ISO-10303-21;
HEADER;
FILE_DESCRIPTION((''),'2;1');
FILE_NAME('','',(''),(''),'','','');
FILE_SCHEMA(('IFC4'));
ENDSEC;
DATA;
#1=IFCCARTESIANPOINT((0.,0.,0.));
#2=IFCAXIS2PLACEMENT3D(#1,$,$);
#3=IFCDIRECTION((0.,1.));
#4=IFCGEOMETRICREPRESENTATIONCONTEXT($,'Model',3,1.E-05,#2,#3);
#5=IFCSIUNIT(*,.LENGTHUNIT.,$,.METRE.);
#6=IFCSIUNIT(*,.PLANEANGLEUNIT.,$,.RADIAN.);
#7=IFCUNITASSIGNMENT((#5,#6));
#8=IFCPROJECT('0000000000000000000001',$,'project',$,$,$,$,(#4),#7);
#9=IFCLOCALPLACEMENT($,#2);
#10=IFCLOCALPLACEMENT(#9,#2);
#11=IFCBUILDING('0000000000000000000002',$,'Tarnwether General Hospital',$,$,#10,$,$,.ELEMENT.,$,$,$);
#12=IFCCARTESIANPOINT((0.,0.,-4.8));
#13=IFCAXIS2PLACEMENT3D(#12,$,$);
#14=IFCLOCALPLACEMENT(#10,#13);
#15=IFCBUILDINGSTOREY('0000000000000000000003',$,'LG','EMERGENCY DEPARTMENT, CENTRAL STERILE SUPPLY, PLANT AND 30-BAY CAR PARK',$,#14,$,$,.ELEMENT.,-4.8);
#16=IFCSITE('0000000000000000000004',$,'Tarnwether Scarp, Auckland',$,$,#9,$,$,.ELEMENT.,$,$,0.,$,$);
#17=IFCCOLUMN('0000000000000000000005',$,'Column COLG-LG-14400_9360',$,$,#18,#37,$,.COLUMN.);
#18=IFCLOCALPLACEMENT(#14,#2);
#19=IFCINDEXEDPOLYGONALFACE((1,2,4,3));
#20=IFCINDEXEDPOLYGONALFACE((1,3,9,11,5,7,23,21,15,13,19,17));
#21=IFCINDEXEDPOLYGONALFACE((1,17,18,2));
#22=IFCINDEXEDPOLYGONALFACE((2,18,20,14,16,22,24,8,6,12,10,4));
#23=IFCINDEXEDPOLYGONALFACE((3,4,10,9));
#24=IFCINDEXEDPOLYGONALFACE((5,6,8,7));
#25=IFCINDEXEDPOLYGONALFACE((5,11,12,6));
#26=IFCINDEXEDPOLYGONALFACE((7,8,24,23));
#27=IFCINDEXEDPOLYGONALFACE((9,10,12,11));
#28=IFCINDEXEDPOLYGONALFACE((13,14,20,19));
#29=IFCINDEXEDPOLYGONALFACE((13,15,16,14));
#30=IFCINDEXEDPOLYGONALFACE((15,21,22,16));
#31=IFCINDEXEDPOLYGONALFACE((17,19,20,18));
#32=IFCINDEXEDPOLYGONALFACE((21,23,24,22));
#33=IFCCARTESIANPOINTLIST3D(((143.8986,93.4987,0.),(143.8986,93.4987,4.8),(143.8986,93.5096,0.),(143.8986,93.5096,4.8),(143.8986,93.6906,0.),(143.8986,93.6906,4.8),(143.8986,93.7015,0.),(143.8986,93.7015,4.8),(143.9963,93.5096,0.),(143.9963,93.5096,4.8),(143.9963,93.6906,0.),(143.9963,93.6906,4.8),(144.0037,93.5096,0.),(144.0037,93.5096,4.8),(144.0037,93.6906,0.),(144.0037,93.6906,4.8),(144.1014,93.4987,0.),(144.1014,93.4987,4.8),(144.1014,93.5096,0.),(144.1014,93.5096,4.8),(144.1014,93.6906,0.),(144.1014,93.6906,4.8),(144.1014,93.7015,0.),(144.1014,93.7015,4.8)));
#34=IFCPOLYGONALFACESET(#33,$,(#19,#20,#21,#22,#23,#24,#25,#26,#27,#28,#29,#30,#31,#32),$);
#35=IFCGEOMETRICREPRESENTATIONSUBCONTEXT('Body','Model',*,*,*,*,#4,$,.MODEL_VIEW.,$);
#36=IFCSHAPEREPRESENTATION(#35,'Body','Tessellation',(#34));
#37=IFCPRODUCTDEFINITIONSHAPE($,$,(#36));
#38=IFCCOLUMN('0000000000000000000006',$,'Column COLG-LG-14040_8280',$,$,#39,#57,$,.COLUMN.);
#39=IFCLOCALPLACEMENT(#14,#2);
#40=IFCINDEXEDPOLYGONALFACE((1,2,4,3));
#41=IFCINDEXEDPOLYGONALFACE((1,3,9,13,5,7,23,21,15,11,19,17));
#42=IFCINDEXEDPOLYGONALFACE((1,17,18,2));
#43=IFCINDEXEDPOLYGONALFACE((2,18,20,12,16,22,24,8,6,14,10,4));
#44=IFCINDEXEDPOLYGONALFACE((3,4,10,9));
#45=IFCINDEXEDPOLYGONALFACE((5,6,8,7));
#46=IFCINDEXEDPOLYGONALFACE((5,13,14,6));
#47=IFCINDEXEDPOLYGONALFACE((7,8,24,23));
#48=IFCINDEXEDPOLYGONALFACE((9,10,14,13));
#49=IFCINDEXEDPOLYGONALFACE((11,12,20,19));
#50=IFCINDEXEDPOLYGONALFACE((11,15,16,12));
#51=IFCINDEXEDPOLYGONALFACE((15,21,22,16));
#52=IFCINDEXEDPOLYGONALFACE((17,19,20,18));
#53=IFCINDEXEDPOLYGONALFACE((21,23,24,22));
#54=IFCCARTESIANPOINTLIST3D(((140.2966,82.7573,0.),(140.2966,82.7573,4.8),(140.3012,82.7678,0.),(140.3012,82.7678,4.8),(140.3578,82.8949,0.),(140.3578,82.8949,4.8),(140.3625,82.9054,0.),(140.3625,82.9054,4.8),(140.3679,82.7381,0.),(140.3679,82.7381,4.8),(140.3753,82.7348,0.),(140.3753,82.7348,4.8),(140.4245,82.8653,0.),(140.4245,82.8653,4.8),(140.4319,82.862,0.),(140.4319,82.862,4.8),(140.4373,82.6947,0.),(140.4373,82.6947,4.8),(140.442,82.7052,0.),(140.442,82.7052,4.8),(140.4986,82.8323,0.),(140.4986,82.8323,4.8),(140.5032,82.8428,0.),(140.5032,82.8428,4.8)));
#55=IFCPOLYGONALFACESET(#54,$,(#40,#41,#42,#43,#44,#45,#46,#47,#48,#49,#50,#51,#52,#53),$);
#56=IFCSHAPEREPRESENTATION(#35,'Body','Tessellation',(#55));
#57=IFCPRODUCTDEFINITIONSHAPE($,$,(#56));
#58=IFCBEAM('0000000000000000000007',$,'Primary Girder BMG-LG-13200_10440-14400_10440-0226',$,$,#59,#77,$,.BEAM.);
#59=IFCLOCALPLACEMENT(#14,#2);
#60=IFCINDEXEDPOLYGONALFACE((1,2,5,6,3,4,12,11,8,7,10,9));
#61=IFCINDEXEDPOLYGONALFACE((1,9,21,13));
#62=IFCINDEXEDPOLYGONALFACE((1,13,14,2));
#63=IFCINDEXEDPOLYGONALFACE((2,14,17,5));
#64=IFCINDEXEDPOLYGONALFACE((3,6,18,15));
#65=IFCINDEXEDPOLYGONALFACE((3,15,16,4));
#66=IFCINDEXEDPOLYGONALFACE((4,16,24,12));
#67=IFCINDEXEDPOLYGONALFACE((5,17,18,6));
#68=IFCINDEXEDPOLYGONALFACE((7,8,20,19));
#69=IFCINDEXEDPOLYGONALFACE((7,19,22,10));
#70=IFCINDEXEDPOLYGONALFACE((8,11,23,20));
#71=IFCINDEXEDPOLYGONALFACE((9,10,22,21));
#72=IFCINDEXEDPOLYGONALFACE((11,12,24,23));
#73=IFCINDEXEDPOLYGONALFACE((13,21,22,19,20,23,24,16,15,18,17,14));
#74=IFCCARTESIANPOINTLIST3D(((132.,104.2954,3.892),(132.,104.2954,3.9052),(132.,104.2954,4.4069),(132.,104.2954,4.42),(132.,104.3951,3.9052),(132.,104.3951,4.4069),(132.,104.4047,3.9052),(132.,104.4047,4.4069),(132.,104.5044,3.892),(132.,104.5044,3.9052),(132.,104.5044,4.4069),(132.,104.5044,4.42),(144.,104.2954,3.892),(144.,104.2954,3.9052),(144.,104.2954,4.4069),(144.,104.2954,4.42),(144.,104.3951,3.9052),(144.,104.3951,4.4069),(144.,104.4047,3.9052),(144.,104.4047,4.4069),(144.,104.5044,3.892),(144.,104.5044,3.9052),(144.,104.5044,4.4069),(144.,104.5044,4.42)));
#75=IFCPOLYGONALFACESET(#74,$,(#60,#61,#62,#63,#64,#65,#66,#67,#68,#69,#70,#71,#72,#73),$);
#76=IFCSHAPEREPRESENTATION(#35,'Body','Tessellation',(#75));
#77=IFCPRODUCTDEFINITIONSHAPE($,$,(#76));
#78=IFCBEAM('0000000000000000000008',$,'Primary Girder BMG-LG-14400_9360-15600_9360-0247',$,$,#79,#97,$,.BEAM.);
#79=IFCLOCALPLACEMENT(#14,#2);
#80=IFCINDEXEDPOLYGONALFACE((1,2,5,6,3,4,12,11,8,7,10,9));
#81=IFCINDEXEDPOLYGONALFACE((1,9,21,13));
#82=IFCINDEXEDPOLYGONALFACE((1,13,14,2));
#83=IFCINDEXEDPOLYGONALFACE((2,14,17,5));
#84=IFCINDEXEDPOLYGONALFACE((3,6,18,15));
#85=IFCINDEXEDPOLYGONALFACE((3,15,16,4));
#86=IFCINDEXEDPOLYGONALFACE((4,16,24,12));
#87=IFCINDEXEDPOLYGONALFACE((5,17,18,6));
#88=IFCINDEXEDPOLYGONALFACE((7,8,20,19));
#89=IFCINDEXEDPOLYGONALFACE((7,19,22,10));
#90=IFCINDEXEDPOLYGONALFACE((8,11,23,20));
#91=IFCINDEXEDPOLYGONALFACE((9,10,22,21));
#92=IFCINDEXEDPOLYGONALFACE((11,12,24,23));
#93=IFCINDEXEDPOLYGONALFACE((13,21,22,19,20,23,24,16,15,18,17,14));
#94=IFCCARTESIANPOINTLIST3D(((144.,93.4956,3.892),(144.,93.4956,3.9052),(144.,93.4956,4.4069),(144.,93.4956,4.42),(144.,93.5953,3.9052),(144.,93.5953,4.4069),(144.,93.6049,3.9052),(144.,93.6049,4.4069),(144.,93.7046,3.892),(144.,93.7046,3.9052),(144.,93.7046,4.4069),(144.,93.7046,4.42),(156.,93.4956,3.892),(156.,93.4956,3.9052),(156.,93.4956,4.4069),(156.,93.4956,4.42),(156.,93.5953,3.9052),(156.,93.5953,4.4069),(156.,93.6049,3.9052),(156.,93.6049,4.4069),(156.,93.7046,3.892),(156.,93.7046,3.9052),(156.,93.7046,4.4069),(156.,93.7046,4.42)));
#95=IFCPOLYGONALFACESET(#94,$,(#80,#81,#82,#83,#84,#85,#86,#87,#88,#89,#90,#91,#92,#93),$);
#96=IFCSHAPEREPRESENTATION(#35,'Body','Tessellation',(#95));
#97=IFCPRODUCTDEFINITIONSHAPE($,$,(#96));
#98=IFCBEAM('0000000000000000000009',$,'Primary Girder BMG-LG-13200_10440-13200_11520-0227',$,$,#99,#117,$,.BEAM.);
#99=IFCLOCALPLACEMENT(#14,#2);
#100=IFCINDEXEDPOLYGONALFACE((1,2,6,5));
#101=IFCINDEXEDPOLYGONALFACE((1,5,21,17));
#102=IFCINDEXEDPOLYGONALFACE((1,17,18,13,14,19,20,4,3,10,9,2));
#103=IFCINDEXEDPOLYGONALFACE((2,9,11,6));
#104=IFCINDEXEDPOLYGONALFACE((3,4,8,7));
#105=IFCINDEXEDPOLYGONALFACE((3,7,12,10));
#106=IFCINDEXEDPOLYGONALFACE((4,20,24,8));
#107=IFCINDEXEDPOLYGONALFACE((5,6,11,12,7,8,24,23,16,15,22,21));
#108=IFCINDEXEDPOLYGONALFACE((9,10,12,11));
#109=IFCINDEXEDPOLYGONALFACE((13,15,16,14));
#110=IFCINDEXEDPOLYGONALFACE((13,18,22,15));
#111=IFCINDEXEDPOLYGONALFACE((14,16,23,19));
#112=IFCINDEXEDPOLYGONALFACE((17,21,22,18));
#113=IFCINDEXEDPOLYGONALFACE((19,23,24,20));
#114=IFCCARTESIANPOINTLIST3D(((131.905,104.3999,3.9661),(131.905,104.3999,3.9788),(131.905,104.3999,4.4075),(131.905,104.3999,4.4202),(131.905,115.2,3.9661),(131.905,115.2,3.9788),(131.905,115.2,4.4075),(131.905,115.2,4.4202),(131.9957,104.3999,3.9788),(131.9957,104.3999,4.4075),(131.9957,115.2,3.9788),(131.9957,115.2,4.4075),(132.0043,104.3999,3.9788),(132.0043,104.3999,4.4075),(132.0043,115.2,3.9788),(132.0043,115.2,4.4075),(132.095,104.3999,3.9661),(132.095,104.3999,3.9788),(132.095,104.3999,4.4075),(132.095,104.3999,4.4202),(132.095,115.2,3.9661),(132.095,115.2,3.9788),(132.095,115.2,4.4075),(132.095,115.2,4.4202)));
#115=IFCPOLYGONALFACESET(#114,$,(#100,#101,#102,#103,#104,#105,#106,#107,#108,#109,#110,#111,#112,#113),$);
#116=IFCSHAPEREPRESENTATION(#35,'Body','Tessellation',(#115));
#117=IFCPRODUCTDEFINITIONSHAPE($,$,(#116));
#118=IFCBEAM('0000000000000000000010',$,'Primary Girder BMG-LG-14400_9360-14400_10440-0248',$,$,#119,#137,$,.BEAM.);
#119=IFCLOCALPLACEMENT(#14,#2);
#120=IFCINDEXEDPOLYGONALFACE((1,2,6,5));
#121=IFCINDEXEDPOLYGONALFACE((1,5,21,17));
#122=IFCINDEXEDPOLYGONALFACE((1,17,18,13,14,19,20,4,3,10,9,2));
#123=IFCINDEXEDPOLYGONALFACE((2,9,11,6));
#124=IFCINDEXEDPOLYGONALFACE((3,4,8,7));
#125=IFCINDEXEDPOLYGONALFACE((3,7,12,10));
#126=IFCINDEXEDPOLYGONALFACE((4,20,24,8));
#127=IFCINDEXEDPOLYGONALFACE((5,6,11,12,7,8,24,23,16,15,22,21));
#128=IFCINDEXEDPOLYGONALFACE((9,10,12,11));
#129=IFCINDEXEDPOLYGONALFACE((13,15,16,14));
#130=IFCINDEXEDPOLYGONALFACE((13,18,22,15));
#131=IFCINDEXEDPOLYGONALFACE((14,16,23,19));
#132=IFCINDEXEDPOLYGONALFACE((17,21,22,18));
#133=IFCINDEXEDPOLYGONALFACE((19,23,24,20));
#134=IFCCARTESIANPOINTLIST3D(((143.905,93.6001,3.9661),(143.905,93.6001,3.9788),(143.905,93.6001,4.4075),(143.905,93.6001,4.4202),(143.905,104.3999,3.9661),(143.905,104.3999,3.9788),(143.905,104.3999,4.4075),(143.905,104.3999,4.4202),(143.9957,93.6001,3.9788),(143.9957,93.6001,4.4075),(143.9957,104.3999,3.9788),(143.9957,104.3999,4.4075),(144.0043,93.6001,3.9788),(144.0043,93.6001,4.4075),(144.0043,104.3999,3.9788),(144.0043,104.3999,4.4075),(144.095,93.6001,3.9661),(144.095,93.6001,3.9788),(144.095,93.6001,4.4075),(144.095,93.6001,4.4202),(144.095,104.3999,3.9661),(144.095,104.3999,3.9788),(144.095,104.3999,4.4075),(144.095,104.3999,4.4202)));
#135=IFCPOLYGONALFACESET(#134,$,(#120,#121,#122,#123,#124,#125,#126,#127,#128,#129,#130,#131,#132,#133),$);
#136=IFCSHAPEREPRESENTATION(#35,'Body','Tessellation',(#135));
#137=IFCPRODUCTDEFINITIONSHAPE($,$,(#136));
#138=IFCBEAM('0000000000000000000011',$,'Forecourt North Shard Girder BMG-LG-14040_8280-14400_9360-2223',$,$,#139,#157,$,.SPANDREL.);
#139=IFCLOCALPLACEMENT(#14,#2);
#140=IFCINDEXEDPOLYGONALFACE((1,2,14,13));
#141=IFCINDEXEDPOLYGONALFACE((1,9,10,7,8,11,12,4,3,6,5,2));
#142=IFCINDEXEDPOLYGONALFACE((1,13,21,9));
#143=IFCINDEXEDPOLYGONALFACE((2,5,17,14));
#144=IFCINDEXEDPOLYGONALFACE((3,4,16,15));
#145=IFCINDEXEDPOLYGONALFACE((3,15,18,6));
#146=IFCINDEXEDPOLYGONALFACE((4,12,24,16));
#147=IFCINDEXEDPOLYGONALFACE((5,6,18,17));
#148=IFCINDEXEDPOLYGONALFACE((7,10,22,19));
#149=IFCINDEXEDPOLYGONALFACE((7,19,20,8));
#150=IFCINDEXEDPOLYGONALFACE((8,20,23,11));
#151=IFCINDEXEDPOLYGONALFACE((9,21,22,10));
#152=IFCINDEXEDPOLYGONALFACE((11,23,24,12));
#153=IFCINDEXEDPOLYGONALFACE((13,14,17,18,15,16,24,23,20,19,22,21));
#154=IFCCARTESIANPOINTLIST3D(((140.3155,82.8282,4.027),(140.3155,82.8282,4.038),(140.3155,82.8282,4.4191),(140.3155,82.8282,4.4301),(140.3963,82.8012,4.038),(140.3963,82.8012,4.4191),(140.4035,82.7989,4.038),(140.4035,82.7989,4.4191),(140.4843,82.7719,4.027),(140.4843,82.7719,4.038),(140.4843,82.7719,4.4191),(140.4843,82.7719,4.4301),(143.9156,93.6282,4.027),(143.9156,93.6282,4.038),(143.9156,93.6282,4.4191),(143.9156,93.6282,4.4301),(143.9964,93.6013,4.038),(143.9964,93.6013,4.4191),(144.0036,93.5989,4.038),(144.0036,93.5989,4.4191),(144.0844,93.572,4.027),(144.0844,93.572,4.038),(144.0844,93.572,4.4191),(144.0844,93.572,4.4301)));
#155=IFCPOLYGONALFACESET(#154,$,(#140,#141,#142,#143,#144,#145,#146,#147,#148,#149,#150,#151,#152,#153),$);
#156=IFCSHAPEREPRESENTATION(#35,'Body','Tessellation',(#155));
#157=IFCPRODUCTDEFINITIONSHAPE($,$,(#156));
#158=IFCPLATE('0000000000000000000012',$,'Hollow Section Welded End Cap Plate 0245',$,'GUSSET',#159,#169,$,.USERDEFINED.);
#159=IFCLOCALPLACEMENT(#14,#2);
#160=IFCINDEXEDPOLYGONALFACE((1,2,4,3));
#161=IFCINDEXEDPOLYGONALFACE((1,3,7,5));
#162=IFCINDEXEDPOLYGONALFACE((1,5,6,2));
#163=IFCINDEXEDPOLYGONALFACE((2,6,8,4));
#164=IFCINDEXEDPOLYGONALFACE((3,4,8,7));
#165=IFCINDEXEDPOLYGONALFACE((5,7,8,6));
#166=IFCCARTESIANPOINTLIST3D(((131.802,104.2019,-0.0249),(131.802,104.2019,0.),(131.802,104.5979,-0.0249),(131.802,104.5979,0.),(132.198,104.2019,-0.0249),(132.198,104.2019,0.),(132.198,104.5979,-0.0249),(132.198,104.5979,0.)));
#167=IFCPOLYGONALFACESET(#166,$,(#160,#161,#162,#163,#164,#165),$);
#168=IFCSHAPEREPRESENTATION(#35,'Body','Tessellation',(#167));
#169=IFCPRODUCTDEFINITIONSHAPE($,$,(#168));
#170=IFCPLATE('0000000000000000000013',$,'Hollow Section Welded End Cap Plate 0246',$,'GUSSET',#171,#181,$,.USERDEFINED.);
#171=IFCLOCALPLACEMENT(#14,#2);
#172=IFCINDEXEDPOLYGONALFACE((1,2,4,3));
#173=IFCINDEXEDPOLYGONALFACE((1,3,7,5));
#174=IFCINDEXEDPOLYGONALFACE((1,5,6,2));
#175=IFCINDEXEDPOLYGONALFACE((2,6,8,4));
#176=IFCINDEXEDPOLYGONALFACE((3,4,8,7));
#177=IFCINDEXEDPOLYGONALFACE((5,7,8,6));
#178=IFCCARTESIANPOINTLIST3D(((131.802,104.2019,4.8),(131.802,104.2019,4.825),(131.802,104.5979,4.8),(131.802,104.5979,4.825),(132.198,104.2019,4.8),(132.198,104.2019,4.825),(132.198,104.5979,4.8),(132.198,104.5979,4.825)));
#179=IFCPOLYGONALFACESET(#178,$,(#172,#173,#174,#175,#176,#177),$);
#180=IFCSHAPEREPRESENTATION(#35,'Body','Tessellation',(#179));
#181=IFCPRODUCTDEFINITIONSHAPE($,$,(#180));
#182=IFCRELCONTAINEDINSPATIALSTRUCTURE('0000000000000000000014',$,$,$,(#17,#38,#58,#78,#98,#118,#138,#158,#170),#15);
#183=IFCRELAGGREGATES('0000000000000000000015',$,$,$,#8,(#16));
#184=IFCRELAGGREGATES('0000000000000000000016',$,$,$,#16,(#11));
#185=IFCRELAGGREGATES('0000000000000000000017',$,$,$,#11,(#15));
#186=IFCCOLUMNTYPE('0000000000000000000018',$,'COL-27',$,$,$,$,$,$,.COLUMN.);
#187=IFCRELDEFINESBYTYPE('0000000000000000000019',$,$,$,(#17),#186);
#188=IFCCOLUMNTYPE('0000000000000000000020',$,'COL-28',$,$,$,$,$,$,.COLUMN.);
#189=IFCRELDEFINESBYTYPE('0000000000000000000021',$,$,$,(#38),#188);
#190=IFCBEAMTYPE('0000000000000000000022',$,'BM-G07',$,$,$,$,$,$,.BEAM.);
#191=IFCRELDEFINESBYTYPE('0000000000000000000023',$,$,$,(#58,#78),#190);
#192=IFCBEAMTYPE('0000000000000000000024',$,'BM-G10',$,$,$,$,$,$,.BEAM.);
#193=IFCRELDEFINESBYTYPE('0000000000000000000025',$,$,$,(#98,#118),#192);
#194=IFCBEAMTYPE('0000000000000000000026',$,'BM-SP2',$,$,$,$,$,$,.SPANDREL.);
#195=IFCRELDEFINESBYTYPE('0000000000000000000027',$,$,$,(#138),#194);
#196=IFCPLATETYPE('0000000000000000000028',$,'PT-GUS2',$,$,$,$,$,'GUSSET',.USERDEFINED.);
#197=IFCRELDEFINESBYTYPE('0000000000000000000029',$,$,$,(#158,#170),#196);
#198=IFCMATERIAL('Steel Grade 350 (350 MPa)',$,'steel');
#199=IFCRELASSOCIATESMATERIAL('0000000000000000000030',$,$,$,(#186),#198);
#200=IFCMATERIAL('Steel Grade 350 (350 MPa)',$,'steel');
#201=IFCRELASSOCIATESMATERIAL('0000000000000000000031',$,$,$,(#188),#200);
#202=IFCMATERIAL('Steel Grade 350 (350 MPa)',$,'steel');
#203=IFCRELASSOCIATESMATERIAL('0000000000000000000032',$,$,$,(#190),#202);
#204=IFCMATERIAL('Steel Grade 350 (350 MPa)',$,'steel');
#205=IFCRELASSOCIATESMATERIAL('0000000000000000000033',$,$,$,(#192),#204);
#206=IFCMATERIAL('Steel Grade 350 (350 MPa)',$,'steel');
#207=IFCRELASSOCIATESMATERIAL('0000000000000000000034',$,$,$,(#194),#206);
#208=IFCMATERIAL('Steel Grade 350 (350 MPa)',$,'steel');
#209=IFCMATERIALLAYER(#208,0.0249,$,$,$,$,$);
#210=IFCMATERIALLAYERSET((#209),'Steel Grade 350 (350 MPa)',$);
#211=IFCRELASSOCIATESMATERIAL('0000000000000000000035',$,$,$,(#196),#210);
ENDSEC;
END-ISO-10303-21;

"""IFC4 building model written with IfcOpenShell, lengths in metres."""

from ifc_helpers import new_model, si_unit, direction, frame, origin, origin_2d, place, context, subcontext, project, spatial, rectangle, i_section, extrude, material, layer, layer_set, material_profile, profile_set, type_object, element, save


model = new_model("IFC4")

# Units and contexts
model_context = context("Model", 3, precision=1e-05, world=origin(), true_north=direction((0.0, 1.0)))
body_context = subcontext(model_context, "Body", "Model", "MODEL_VIEW")
ifc_project = project(units=[si_unit("LENGTHUNIT", "METRE"), si_unit("PLANEANGLEUNIT", "RADIAN")], contexts=[model_context])

# Site, building, storey
site_placement = place(None, origin())
site = spatial("IfcSite", under=ifc_project, at=site_placement, Name="Tarnwether Scarp, Auckland", CompositionType="ELEMENT", RefElevation=0.0)
building_placement = place(site_placement, origin())
building = spatial("IfcBuilding", under=site, at=building_placement, Name="Tarnwether General Hospital", CompositionType="ELEMENT")
storey_placement = place(building_placement, frame((0.0, 0.0, -4.8)))
storey = spatial("IfcBuildingStorey", under=building, at=storey_placement, Name="LG", Description="EMERGENCY DEPARTMENT, CENTRAL STERILE SUPPLY, PLANT AND 30-BAY CAR PARK", CompositionType="ELEMENT", Elevation=-4.8)

# Columns
ifc_material_1 = material(Name="Steel Grade 350 (350 MPa)", Category="steel")
ifc_material_profile_1 = material_profile(ifc_material_1, i_section(OverallWidth=0.2029, OverallDepth=0.2029, WebThickness=0.0073, FlangeThickness=0.011, at=origin_2d()), Name="200UC46.2")
ifc_profile_set_1 = profile_set([ifc_material_profile_1], Name="Steel Grade 350 (350 MPa)")
column_type_1 = type_object("IfcColumnType", Name="COL-27", PredefinedType="COLUMN", material=ifc_profile_set_1)
column_1_placement = place(storey_placement, frame((144.0, 93.6001, 0.0), z_axis=(0.0, 0.0, 1.0), x_axis=(1.0, 0.0, 0.0)))
element("IfcColumn", 1, at=column_1_placement, inside=storey, type_object=column_type_1, Name="Column COLG-LG-14400_9360", PredefinedType="COLUMN", context=body_context, shape_type="SweptSolid", body=[
    extrude(i_section(OverallWidth=0.2029, OverallDepth=0.2029, WebThickness=0.0073, FlangeThickness=0.011, at=origin_2d()), origin(), (0.0, 0.0, 1.0), 4.8),
])
ifc_material_2 = material(Name="Steel Grade 350 (350 MPa)", Category="steel")
ifc_material_profile_2 = material_profile(ifc_material_2, i_section(OverallWidth=0.1541, OverallDepth=0.1621, WebThickness=0.0081, FlangeThickness=0.0115, at=origin_2d()), Name="150UC37.2")
ifc_profile_set_2 = profile_set([ifc_material_profile_2], Name="Steel Grade 350 (350 MPa)")
column_type_2 = type_object("IfcColumnType", Name="COL-28", PredefinedType="COLUMN", material=ifc_profile_set_2)
column_2_placement = place(storey_placement, frame((140.3999, 82.8, 0.0), z_axis=(0.0, 0.0, 1.0), x_axis=(0.913545, -0.406737, 0.0)))
element("IfcColumn", 2, at=column_2_placement, inside=storey, type_object=column_type_2, Name="Column COLG-LG-14040_8280", PredefinedType="COLUMN", context=body_context, shape_type="SweptSolid", body=[
    extrude(i_section(OverallWidth=0.1541, OverallDepth=0.1621, WebThickness=0.0081, FlangeThickness=0.0115, at=origin_2d()), origin(), (0.0, 0.0, 1.0), 4.8),
])

# Beams
ifc_material_3 = material(Name="Steel Grade 350 (350 MPa)", Category="steel")
ifc_material_profile_3 = material_profile(ifc_material_3, i_section(OverallWidth=0.209, OverallDepth=0.5281, WebThickness=0.0095, FlangeThickness=0.0132, at=origin_2d()), Name="530UB82.0")
ifc_profile_set_3 = profile_set([ifc_material_profile_3], Name="Steel Grade 350 (350 MPa)")
beam_type_1 = type_object("IfcBeamType", Name="BM-G07", PredefinedType="BEAM", material=ifc_profile_set_3)
for number, where, z_axis, x_axis, name in (
    (3, (132.0, 104.3999, 4.156), (1.0, 0.0, 0.0), (0.0, 1.0, 0.0), "Primary Girder BMG-LG-13200_10440-14400_10440-0226"),
    (4, (144.0, 93.6001, 4.156), (1.0, 0.0, 0.0), (0.0, 1.0, 0.0), "Primary Girder BMG-LG-14400_9360-15600_9360-0247"),
):
    element("IfcBeam", number, at=place(storey_placement, frame(where, z_axis=z_axis, x_axis=x_axis)), inside=storey, type_object=beam_type_1, Name=name, PredefinedType="BEAM", context=body_context, shape_type="SweptSolid", body=[
        extrude(i_section(OverallWidth=0.209, OverallDepth=0.5281, WebThickness=0.0095, FlangeThickness=0.0132, at=origin_2d()), origin(), (0.0, 0.0, 1.0), 12.0),
    ])
ifc_material_4 = material(Name="Steel Grade 350 (350 MPa)", Category="steel")
ifc_material_profile_4 = material_profile(ifc_material_4, i_section(OverallWidth=0.1899, OverallDepth=0.4541, WebThickness=0.0085, FlangeThickness=0.0127, at=origin_2d()), Name="460UB67.1")
ifc_profile_set_4 = profile_set([ifc_material_profile_4], Name="Steel Grade 350 (350 MPa)")
beam_type_2 = type_object("IfcBeamType", Name="BM-G10", PredefinedType="BEAM", material=ifc_profile_set_4)
beam_1_placement = place(storey_placement, frame((132.0, 104.3999, 4.1931), z_axis=(0.0, 1.0, 0.0), x_axis=(-1.0, 0.0, 0.0)))
element("IfcBeam", 5, at=beam_1_placement, inside=storey, type_object=beam_type_2, Name="Primary Girder BMG-LG-13200_10440-13200_11520-0227", PredefinedType="BEAM", context=body_context, shape_type="SweptSolid", body=[
    extrude(i_section(OverallWidth=0.1899, OverallDepth=0.4541, WebThickness=0.0085, FlangeThickness=0.0127, at=origin_2d()), origin(), (0.0, 0.0, 1.0), 10.8),
])
beam_2_placement = place(storey_placement, frame((144.0, 93.6001, 4.1931), z_axis=(0.0, 1.0, 0.0), x_axis=(-1.0, 0.0, 0.0)))
element("IfcBeam", 6, at=beam_2_placement, inside=storey, type_object=beam_type_2, Name="Primary Girder BMG-LG-14400_9360-14400_10440-0248", PredefinedType="BEAM", context=body_context, shape_type="SweptSolid", body=[
    extrude(i_section(OverallWidth=0.1899, OverallDepth=0.4541, WebThickness=0.0085, FlangeThickness=0.0127, at=origin_2d()), origin(), (0.0, 0.0, 1.0), 10.7998),
])
ifc_material_5 = material(Name="Steel Grade 350 (350 MPa)", Category="steel")
ifc_material_profile_5 = material_profile(ifc_material_5, i_section(OverallWidth=0.178, OverallDepth=0.4031, WebThickness=0.0076, FlangeThickness=0.011, at=origin_2d()), Name="410UB53.7")
ifc_profile_set_5 = profile_set([ifc_material_profile_5], Name="Steel Grade 350 (350 MPa)")
beam_type_3 = type_object("IfcBeamType", Name="BM-SP2", PredefinedType="SPANDREL", material=ifc_profile_set_5)
beam_3_placement = place(storey_placement, frame((140.3999, 82.8, 4.2285), z_axis=(0.316234, 0.948681, 0.0), x_axis=(-0.948681, 0.316234, 0.0)))
element("IfcBeam", 7, at=beam_3_placement, inside=storey, type_object=beam_type_3, Name="Forecourt North Shard Girder BMG-LG-14040_8280-14400_9360-2223", PredefinedType="SPANDREL", context=body_context, shape_type="SweptSolid", body=[
    extrude(i_section(OverallWidth=0.178, OverallDepth=0.4031, WebThickness=0.0076, FlangeThickness=0.011, at=origin_2d()), origin(), (0.0, 0.0, 1.0), 11.3843),
])

# Plates
ifc_material_6 = material(Name="Steel Grade 350 (350 MPa)", Category="steel")
ifc_layer = layer(ifc_material_6, 0.0249)
ifc_layer_set = layer_set([ifc_layer], Name="Steel Grade 350 (350 MPa)")
plate_type = type_object("IfcPlateType", Name="PT-GUS2", ElementType="GUSSET", PredefinedType="USERDEFINED", material=ifc_layer_set)
for number, where, z_axis, x_axis, name in (
    (8, (132.0, 104.3999, -0.0249), (0.0, 0.0, 1.0), (1.0, 0.0, 0.0), "Hollow Section Welded End Cap Plate 0245"),
    (9, (132.0, 104.3999, 4.8), (0.0, 0.0, 1.0), (1.0, 0.0, 0.0), "Hollow Section Welded End Cap Plate 0246"),
):
    element("IfcPlate", number, at=place(storey_placement, frame(where, z_axis=z_axis, x_axis=x_axis)), inside=storey, type_object=plate_type, Name=name, ObjectType="GUSSET", PredefinedType="USERDEFINED", context=body_context, shape_type="SweptSolid", body=[
        extrude(rectangle(XDim=0.396, YDim=0.396, at=origin_2d()), origin(), (0.0, 0.0, 1.0), 0.0249),
    ])

save(model, "model.ifc")
